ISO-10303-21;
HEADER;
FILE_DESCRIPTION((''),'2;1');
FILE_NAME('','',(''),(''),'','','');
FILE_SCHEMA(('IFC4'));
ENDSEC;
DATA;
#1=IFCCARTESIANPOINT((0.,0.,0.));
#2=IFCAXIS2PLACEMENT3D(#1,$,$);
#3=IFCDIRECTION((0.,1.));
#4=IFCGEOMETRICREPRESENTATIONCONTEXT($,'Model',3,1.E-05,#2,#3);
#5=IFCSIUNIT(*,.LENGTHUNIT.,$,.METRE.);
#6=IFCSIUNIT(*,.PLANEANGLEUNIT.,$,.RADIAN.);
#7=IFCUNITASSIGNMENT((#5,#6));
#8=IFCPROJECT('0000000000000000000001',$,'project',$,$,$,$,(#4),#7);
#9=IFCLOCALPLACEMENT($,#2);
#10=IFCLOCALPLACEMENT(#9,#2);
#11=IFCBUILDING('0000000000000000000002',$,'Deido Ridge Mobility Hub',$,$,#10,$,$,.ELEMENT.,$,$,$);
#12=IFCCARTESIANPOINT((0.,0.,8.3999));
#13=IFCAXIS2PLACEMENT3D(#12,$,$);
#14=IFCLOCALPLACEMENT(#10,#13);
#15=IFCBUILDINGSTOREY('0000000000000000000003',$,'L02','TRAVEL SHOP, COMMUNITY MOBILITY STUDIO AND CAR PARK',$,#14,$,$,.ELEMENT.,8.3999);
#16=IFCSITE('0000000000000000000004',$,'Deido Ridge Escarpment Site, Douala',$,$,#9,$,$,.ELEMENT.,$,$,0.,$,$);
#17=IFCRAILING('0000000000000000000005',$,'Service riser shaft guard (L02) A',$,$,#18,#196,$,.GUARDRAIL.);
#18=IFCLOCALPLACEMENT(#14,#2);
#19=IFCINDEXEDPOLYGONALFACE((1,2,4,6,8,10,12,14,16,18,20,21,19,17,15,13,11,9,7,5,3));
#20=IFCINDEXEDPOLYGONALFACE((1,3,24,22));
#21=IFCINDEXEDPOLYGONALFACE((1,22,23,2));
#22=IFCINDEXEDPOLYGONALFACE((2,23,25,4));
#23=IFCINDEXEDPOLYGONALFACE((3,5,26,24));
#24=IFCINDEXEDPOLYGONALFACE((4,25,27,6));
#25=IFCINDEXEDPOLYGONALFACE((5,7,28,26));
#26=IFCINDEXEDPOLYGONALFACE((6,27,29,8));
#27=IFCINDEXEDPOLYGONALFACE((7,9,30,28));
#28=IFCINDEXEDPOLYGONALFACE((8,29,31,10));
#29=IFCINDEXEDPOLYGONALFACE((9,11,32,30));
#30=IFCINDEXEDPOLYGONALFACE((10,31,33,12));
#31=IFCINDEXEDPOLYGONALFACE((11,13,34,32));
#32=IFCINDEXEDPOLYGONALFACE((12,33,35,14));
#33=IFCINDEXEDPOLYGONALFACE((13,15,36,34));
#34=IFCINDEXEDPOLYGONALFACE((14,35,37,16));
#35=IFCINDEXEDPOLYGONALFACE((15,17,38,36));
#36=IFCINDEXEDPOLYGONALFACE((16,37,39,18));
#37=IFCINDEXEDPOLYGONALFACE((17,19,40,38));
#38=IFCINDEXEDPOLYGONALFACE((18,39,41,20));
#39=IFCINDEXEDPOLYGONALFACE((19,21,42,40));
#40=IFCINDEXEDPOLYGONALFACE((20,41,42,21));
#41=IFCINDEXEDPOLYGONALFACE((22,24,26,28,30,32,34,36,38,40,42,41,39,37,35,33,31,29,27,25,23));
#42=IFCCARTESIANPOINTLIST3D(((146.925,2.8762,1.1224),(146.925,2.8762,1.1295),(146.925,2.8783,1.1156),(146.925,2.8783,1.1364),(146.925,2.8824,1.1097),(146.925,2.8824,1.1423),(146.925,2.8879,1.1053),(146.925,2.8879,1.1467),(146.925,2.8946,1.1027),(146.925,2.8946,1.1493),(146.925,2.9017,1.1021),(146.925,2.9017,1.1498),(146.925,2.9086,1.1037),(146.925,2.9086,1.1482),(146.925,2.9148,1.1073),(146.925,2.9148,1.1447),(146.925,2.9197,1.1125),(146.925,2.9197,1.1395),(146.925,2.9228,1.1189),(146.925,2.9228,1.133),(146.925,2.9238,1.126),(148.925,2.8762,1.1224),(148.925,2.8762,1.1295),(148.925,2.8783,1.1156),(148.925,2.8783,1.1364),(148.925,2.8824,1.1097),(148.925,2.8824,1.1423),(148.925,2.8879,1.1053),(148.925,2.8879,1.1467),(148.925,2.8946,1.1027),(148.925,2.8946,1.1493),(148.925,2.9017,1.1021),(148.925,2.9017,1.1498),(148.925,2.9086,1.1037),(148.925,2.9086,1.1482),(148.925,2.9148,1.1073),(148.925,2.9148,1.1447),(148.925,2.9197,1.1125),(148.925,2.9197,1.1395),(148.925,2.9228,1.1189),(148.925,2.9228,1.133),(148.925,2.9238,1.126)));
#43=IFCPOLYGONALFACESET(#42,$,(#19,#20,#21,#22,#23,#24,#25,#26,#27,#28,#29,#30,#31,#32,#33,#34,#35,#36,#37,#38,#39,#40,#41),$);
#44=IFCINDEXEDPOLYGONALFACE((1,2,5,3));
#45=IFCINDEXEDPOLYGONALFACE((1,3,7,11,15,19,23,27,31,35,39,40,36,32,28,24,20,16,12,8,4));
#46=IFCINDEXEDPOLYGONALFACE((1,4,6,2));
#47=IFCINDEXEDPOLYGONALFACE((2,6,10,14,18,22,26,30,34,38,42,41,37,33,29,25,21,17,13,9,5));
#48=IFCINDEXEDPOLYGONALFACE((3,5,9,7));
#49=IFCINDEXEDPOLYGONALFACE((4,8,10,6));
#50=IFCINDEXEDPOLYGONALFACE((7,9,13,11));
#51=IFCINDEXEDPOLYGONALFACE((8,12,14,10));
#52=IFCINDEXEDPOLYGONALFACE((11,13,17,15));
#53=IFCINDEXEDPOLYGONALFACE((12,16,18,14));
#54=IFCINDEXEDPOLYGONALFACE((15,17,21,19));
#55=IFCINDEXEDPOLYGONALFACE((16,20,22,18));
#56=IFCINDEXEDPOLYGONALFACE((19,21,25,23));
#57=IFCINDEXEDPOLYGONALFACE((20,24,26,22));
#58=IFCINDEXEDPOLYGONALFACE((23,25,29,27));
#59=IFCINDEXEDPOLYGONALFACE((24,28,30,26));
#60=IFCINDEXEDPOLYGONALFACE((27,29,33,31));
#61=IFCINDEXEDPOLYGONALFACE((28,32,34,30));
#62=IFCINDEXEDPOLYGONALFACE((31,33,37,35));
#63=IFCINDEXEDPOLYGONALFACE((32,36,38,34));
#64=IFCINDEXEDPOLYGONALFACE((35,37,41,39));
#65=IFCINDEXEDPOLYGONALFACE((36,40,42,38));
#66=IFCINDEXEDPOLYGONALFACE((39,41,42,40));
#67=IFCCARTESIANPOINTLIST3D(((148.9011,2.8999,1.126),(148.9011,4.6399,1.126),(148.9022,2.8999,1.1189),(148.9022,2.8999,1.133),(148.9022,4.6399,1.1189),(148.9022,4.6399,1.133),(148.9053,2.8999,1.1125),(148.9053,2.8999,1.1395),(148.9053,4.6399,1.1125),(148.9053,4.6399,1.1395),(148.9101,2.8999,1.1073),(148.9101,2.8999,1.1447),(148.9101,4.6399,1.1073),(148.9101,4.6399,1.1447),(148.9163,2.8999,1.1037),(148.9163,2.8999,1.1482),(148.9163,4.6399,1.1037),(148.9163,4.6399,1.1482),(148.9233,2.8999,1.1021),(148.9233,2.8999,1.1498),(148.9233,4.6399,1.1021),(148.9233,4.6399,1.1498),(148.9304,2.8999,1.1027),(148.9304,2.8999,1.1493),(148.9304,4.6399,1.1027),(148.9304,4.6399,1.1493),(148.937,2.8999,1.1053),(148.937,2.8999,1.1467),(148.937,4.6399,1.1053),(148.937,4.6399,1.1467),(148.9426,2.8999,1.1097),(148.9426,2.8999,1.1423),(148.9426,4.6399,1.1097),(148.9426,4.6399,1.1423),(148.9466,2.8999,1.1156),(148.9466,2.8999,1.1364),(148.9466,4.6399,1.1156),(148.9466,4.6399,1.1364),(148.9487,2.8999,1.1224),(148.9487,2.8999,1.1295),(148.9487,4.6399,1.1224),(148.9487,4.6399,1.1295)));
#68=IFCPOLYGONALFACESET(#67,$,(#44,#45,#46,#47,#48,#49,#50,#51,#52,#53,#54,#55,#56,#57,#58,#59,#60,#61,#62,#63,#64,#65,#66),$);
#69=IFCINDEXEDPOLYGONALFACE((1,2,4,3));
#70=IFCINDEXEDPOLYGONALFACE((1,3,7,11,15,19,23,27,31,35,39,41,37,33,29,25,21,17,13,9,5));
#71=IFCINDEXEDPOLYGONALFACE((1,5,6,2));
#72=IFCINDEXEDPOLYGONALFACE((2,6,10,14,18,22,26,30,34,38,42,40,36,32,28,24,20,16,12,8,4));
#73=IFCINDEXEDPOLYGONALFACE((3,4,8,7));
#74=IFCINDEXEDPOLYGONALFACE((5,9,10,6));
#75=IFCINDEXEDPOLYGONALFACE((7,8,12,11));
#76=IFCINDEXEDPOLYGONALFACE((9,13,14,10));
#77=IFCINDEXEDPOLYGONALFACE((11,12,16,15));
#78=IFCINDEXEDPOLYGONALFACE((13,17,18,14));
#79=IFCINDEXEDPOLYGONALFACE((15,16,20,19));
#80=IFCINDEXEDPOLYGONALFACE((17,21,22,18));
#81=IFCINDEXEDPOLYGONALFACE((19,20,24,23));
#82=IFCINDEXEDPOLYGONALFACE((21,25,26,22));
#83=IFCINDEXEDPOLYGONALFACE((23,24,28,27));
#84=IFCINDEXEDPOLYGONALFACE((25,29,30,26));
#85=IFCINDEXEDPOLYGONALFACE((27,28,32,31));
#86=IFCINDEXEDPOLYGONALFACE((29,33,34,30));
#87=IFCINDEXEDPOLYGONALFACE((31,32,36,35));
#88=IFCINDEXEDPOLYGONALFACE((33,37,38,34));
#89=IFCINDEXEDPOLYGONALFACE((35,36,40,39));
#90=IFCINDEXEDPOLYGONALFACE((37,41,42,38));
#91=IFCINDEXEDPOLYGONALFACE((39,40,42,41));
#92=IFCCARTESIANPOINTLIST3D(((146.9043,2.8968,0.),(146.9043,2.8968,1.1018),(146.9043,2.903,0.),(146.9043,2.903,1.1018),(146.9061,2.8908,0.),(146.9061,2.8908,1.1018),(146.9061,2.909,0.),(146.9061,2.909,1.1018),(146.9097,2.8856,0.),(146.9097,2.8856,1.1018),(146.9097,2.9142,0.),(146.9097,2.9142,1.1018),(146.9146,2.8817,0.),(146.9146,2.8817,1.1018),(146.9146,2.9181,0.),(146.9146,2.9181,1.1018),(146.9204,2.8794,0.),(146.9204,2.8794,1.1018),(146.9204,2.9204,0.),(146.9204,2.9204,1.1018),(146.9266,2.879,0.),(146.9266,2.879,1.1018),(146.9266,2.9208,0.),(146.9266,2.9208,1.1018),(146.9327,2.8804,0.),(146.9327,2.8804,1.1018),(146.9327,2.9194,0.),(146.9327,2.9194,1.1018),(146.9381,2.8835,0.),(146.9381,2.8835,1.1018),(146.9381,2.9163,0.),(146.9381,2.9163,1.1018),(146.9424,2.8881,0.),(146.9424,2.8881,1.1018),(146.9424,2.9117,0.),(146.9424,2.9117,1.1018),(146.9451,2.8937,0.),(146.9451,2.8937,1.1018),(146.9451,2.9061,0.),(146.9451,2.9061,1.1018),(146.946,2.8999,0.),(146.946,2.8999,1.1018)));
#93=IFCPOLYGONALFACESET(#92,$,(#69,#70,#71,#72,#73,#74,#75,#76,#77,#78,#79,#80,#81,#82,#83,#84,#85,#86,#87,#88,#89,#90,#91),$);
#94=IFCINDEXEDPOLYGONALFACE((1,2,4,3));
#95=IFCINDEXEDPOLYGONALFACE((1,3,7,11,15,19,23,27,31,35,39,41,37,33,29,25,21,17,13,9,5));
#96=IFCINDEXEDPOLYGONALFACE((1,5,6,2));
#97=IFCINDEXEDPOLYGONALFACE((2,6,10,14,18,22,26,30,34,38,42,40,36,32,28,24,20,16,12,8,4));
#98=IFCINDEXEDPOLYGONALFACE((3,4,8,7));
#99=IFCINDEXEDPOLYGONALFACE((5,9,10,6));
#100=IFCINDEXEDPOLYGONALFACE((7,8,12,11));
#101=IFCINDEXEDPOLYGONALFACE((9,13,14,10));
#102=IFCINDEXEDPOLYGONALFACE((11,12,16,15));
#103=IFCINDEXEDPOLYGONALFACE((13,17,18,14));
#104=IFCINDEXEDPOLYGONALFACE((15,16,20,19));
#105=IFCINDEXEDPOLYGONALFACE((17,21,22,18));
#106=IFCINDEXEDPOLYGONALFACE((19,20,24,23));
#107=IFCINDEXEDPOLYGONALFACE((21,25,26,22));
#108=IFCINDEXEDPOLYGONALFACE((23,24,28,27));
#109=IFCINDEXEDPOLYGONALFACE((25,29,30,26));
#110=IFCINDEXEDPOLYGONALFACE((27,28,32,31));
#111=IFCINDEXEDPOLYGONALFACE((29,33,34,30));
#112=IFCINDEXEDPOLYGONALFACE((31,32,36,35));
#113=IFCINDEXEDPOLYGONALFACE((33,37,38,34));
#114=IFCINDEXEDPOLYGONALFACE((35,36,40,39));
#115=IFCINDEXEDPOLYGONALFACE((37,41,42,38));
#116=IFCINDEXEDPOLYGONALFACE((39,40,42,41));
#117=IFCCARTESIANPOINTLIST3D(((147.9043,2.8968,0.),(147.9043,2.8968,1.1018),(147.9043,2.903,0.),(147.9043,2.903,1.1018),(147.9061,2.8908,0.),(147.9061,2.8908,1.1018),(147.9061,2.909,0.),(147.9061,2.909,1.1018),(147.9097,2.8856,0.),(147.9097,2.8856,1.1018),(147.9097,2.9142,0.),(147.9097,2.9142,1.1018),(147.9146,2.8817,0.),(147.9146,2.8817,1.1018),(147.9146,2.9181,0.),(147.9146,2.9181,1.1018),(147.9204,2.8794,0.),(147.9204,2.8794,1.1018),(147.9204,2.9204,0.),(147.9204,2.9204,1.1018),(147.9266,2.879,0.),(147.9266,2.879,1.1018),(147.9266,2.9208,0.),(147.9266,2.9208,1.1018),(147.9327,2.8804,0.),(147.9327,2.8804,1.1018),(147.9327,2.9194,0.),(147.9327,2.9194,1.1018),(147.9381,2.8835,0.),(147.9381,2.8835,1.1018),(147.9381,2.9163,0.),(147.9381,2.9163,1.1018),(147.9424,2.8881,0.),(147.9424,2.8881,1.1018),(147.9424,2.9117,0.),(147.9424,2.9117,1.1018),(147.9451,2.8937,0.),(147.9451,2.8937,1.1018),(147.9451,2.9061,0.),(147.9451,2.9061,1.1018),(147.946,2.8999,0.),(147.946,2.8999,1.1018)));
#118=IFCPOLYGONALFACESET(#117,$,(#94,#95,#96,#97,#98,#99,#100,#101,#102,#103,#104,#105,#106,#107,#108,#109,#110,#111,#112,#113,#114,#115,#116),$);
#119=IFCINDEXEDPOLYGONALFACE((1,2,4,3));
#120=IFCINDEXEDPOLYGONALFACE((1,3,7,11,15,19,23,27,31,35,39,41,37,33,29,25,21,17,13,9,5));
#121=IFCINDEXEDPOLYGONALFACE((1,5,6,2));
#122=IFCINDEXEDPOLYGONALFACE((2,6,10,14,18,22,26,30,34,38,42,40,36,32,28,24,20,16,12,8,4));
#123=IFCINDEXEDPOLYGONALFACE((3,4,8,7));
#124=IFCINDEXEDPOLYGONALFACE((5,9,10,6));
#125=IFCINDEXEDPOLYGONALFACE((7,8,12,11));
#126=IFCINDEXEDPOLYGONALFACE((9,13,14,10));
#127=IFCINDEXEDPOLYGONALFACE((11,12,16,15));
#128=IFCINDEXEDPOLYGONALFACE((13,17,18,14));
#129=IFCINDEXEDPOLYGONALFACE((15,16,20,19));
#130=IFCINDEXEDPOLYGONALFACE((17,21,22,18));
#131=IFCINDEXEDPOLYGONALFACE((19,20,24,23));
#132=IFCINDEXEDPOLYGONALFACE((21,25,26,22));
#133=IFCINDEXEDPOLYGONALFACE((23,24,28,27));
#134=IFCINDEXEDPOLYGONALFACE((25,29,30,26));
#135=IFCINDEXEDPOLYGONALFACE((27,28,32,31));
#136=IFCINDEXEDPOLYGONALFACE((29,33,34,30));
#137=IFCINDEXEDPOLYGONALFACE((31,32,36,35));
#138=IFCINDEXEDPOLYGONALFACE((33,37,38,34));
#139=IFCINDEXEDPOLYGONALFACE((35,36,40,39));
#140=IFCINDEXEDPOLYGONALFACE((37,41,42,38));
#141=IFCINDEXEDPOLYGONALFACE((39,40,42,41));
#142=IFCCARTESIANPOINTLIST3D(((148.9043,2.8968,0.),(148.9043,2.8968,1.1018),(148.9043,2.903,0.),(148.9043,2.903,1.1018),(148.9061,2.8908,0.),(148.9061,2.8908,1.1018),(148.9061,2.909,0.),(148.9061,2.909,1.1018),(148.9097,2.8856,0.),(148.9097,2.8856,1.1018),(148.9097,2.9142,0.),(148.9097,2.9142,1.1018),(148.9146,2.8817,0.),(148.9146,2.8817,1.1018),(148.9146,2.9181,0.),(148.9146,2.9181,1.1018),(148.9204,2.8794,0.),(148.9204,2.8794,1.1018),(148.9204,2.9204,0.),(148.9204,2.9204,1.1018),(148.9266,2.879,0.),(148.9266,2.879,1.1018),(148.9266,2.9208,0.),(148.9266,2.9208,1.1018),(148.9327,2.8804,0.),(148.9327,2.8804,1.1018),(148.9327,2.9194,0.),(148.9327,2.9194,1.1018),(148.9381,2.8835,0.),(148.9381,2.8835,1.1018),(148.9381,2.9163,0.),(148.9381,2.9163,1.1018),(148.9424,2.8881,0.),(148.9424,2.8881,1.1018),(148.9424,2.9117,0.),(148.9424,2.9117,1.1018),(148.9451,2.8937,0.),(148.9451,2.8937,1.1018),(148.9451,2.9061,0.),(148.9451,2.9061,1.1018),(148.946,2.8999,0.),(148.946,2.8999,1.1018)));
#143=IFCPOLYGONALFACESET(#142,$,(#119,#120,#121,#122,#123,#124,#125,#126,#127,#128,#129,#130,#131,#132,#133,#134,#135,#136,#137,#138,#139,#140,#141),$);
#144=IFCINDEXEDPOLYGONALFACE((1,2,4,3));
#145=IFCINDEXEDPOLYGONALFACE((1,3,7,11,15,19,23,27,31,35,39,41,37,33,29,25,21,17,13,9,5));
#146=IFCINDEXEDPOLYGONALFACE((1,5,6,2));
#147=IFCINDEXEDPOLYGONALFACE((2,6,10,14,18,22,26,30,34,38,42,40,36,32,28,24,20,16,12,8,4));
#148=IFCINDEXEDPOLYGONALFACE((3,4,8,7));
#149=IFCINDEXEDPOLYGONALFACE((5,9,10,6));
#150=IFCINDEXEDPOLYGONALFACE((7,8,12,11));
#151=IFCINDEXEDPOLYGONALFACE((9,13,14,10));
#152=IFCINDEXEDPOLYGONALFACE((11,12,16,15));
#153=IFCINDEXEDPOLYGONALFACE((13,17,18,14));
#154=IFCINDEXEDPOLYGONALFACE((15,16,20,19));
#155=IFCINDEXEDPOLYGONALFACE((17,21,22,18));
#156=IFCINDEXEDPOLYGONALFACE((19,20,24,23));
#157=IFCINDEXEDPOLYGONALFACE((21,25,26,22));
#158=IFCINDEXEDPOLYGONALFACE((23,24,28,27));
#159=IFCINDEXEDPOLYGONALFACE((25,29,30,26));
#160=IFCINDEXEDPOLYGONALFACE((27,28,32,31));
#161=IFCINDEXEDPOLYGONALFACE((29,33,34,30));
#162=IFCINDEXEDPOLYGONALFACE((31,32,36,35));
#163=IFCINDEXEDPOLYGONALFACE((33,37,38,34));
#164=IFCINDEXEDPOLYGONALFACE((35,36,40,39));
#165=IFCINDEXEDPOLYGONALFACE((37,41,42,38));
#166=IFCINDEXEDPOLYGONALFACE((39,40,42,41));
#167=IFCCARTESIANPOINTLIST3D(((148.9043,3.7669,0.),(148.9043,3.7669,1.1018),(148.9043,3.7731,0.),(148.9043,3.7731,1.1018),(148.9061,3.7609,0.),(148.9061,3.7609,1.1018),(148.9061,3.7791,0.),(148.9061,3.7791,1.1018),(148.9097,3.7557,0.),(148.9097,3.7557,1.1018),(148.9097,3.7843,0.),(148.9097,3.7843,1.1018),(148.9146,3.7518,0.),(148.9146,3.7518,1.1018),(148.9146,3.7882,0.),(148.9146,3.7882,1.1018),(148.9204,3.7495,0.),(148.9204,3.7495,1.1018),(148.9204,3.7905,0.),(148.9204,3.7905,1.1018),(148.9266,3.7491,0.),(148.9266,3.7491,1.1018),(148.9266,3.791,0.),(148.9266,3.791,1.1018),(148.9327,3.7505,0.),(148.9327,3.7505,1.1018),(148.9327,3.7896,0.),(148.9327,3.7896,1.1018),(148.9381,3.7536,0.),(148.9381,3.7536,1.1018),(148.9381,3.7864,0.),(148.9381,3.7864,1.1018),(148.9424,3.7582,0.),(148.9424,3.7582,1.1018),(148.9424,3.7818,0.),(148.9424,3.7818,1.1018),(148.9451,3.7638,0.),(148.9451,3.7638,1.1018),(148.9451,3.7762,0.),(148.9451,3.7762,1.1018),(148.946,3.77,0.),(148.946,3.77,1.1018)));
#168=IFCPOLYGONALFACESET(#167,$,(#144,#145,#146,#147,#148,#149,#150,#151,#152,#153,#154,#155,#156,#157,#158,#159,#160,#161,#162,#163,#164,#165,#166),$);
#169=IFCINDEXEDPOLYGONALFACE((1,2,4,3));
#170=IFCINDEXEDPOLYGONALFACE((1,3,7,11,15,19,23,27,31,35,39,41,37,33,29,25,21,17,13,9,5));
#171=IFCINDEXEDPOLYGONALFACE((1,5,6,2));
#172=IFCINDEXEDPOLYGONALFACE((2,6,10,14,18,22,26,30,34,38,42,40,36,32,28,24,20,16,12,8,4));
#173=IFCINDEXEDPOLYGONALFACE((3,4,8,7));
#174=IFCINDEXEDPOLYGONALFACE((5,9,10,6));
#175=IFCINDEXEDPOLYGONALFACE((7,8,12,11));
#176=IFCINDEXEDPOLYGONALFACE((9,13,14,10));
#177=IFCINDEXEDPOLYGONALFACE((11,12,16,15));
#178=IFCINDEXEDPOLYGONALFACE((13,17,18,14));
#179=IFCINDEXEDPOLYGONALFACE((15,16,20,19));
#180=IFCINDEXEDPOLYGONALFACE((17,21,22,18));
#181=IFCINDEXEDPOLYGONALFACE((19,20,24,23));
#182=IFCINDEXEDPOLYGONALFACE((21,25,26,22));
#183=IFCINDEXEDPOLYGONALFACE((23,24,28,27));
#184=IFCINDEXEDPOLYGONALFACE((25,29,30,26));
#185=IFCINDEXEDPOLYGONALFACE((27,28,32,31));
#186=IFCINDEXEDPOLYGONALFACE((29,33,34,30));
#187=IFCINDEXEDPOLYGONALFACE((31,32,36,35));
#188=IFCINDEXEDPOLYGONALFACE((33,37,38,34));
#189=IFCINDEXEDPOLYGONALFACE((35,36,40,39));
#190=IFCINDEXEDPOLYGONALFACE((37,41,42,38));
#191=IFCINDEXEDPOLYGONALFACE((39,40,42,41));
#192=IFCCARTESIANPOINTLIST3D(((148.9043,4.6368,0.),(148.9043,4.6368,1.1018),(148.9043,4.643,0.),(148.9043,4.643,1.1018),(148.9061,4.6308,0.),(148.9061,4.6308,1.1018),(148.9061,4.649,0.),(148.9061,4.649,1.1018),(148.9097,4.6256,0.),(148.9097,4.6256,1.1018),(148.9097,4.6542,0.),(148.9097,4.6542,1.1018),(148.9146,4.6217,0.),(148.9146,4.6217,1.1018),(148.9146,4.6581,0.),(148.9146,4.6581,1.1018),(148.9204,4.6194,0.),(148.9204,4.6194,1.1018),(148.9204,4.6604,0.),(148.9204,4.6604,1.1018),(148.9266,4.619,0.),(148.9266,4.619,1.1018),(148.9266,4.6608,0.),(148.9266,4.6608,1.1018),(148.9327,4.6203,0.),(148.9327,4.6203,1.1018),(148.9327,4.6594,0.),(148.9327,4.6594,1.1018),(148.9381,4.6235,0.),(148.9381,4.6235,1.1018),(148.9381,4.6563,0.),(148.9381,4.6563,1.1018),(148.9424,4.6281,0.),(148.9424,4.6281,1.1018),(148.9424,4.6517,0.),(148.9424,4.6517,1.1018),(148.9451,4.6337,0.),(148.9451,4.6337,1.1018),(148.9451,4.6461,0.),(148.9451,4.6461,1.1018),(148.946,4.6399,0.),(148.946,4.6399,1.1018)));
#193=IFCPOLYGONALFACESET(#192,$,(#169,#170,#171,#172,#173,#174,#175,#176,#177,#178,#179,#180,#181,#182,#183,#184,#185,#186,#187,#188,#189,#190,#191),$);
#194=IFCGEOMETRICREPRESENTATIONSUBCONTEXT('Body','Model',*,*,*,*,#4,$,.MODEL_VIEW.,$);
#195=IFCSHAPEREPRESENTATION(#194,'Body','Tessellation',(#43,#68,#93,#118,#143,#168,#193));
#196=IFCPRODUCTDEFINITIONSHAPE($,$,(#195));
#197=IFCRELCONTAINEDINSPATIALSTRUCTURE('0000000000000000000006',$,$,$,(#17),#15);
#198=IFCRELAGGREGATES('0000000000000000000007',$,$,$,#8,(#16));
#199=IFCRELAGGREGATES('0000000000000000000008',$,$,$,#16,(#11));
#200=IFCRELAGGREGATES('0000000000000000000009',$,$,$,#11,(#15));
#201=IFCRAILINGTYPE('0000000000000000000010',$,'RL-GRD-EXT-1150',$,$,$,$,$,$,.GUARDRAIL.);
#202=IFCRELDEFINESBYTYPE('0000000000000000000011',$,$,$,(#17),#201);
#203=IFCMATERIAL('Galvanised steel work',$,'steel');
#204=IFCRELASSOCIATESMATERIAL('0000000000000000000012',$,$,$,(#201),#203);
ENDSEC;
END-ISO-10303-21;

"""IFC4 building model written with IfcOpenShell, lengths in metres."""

from ifc_helpers import new_model, si_unit, direction, frame, origin, origin_2d, place, context, subcontext, project, spatial, circle, extrude, material, type_object, element, save


model = new_model("IFC4")

# Units and contexts
model_context = context("Model", 3, precision=1e-05, world=origin(), true_north=direction((0.0, 1.0)))
body_context = subcontext(model_context, "Body", "Model", "MODEL_VIEW")
ifc_project = project(units=[si_unit("LENGTHUNIT", "METRE"), si_unit("PLANEANGLEUNIT", "RADIAN")], contexts=[model_context])

# Site, building, storey
site_placement = place(None, origin())
site = spatial("IfcSite", under=ifc_project, at=site_placement, Name="Deido Ridge Escarpment Site, Douala", CompositionType="ELEMENT", RefElevation=0.0)
building_placement = place(site_placement, origin())
building = spatial("IfcBuilding", under=site, at=building_placement, Name="Deido Ridge Mobility Hub", CompositionType="ELEMENT")
storey_placement = place(building_placement, frame((0.0, 0.0, 8.3999)))
storey = spatial("IfcBuildingStorey", under=building, at=storey_placement, Name="L02", Description="TRAVEL SHOP, COMMUNITY MOBILITY STUDIO AND CAR PARK", CompositionType="ELEMENT", Elevation=8.3999)

# Railing
ifc_material_1 = material(Name="Galvanised steel work", Category="steel")
railing_type = type_object("IfcRailingType", Name="RL-GRD-EXT-1150", PredefinedType="GUARDRAIL", material=ifc_material_1)
railing_1_placement = place(storey_placement, frame((146.925, 2.8999, 0.0)))
element("IfcRailing", 1, at=railing_1_placement, inside=storey, type_object=railing_type, Name="Service riser shaft guard (L02) A", PredefinedType="GUARDRAIL", context=body_context, shape_type="SweptSolid", body=[
    extrude(circle(Radius=0.0239, at=origin_2d()), frame((0.0, 0.0, 1.126), z_axis=(1.0, 0.0, 0.0), x_axis=(0.0, 1.0, 0.0)), (0.0, 0.0, 1.0), 2.0),
    extrude(circle(Radius=0.0239, at=origin_2d()), frame((2.0, 0.0, 1.126), z_axis=(0.0, 1.0, 0.0), x_axis=(-1.0, 0.0, 0.0)), (0.0, 0.0, 1.0), 1.74),
    extrude(circle(Radius=0.021, at=origin_2d()), origin(), (0.0, 0.0, 1.0), 1.1018),
    extrude(circle(Radius=0.021, at=origin_2d()), frame((1.0, 0.0, 0.0)), (0.0, 0.0, 1.0), 1.1018),
    extrude(circle(Radius=0.021, at=origin_2d()), frame((2.0, 0.0, 0.0)), (0.0, 0.0, 1.0), 1.1018),
    extrude(circle(Radius=0.021, at=origin_2d()), frame((2.0, 0.8701, 0.0)), (0.0, 0.0, 1.0), 1.1018),
    extrude(circle(Radius=0.021, at=origin_2d()), frame((2.0, 1.74, 0.0)), (0.0, 0.0, 1.0), 1.1018),
])

save(model, "model.ifc")
